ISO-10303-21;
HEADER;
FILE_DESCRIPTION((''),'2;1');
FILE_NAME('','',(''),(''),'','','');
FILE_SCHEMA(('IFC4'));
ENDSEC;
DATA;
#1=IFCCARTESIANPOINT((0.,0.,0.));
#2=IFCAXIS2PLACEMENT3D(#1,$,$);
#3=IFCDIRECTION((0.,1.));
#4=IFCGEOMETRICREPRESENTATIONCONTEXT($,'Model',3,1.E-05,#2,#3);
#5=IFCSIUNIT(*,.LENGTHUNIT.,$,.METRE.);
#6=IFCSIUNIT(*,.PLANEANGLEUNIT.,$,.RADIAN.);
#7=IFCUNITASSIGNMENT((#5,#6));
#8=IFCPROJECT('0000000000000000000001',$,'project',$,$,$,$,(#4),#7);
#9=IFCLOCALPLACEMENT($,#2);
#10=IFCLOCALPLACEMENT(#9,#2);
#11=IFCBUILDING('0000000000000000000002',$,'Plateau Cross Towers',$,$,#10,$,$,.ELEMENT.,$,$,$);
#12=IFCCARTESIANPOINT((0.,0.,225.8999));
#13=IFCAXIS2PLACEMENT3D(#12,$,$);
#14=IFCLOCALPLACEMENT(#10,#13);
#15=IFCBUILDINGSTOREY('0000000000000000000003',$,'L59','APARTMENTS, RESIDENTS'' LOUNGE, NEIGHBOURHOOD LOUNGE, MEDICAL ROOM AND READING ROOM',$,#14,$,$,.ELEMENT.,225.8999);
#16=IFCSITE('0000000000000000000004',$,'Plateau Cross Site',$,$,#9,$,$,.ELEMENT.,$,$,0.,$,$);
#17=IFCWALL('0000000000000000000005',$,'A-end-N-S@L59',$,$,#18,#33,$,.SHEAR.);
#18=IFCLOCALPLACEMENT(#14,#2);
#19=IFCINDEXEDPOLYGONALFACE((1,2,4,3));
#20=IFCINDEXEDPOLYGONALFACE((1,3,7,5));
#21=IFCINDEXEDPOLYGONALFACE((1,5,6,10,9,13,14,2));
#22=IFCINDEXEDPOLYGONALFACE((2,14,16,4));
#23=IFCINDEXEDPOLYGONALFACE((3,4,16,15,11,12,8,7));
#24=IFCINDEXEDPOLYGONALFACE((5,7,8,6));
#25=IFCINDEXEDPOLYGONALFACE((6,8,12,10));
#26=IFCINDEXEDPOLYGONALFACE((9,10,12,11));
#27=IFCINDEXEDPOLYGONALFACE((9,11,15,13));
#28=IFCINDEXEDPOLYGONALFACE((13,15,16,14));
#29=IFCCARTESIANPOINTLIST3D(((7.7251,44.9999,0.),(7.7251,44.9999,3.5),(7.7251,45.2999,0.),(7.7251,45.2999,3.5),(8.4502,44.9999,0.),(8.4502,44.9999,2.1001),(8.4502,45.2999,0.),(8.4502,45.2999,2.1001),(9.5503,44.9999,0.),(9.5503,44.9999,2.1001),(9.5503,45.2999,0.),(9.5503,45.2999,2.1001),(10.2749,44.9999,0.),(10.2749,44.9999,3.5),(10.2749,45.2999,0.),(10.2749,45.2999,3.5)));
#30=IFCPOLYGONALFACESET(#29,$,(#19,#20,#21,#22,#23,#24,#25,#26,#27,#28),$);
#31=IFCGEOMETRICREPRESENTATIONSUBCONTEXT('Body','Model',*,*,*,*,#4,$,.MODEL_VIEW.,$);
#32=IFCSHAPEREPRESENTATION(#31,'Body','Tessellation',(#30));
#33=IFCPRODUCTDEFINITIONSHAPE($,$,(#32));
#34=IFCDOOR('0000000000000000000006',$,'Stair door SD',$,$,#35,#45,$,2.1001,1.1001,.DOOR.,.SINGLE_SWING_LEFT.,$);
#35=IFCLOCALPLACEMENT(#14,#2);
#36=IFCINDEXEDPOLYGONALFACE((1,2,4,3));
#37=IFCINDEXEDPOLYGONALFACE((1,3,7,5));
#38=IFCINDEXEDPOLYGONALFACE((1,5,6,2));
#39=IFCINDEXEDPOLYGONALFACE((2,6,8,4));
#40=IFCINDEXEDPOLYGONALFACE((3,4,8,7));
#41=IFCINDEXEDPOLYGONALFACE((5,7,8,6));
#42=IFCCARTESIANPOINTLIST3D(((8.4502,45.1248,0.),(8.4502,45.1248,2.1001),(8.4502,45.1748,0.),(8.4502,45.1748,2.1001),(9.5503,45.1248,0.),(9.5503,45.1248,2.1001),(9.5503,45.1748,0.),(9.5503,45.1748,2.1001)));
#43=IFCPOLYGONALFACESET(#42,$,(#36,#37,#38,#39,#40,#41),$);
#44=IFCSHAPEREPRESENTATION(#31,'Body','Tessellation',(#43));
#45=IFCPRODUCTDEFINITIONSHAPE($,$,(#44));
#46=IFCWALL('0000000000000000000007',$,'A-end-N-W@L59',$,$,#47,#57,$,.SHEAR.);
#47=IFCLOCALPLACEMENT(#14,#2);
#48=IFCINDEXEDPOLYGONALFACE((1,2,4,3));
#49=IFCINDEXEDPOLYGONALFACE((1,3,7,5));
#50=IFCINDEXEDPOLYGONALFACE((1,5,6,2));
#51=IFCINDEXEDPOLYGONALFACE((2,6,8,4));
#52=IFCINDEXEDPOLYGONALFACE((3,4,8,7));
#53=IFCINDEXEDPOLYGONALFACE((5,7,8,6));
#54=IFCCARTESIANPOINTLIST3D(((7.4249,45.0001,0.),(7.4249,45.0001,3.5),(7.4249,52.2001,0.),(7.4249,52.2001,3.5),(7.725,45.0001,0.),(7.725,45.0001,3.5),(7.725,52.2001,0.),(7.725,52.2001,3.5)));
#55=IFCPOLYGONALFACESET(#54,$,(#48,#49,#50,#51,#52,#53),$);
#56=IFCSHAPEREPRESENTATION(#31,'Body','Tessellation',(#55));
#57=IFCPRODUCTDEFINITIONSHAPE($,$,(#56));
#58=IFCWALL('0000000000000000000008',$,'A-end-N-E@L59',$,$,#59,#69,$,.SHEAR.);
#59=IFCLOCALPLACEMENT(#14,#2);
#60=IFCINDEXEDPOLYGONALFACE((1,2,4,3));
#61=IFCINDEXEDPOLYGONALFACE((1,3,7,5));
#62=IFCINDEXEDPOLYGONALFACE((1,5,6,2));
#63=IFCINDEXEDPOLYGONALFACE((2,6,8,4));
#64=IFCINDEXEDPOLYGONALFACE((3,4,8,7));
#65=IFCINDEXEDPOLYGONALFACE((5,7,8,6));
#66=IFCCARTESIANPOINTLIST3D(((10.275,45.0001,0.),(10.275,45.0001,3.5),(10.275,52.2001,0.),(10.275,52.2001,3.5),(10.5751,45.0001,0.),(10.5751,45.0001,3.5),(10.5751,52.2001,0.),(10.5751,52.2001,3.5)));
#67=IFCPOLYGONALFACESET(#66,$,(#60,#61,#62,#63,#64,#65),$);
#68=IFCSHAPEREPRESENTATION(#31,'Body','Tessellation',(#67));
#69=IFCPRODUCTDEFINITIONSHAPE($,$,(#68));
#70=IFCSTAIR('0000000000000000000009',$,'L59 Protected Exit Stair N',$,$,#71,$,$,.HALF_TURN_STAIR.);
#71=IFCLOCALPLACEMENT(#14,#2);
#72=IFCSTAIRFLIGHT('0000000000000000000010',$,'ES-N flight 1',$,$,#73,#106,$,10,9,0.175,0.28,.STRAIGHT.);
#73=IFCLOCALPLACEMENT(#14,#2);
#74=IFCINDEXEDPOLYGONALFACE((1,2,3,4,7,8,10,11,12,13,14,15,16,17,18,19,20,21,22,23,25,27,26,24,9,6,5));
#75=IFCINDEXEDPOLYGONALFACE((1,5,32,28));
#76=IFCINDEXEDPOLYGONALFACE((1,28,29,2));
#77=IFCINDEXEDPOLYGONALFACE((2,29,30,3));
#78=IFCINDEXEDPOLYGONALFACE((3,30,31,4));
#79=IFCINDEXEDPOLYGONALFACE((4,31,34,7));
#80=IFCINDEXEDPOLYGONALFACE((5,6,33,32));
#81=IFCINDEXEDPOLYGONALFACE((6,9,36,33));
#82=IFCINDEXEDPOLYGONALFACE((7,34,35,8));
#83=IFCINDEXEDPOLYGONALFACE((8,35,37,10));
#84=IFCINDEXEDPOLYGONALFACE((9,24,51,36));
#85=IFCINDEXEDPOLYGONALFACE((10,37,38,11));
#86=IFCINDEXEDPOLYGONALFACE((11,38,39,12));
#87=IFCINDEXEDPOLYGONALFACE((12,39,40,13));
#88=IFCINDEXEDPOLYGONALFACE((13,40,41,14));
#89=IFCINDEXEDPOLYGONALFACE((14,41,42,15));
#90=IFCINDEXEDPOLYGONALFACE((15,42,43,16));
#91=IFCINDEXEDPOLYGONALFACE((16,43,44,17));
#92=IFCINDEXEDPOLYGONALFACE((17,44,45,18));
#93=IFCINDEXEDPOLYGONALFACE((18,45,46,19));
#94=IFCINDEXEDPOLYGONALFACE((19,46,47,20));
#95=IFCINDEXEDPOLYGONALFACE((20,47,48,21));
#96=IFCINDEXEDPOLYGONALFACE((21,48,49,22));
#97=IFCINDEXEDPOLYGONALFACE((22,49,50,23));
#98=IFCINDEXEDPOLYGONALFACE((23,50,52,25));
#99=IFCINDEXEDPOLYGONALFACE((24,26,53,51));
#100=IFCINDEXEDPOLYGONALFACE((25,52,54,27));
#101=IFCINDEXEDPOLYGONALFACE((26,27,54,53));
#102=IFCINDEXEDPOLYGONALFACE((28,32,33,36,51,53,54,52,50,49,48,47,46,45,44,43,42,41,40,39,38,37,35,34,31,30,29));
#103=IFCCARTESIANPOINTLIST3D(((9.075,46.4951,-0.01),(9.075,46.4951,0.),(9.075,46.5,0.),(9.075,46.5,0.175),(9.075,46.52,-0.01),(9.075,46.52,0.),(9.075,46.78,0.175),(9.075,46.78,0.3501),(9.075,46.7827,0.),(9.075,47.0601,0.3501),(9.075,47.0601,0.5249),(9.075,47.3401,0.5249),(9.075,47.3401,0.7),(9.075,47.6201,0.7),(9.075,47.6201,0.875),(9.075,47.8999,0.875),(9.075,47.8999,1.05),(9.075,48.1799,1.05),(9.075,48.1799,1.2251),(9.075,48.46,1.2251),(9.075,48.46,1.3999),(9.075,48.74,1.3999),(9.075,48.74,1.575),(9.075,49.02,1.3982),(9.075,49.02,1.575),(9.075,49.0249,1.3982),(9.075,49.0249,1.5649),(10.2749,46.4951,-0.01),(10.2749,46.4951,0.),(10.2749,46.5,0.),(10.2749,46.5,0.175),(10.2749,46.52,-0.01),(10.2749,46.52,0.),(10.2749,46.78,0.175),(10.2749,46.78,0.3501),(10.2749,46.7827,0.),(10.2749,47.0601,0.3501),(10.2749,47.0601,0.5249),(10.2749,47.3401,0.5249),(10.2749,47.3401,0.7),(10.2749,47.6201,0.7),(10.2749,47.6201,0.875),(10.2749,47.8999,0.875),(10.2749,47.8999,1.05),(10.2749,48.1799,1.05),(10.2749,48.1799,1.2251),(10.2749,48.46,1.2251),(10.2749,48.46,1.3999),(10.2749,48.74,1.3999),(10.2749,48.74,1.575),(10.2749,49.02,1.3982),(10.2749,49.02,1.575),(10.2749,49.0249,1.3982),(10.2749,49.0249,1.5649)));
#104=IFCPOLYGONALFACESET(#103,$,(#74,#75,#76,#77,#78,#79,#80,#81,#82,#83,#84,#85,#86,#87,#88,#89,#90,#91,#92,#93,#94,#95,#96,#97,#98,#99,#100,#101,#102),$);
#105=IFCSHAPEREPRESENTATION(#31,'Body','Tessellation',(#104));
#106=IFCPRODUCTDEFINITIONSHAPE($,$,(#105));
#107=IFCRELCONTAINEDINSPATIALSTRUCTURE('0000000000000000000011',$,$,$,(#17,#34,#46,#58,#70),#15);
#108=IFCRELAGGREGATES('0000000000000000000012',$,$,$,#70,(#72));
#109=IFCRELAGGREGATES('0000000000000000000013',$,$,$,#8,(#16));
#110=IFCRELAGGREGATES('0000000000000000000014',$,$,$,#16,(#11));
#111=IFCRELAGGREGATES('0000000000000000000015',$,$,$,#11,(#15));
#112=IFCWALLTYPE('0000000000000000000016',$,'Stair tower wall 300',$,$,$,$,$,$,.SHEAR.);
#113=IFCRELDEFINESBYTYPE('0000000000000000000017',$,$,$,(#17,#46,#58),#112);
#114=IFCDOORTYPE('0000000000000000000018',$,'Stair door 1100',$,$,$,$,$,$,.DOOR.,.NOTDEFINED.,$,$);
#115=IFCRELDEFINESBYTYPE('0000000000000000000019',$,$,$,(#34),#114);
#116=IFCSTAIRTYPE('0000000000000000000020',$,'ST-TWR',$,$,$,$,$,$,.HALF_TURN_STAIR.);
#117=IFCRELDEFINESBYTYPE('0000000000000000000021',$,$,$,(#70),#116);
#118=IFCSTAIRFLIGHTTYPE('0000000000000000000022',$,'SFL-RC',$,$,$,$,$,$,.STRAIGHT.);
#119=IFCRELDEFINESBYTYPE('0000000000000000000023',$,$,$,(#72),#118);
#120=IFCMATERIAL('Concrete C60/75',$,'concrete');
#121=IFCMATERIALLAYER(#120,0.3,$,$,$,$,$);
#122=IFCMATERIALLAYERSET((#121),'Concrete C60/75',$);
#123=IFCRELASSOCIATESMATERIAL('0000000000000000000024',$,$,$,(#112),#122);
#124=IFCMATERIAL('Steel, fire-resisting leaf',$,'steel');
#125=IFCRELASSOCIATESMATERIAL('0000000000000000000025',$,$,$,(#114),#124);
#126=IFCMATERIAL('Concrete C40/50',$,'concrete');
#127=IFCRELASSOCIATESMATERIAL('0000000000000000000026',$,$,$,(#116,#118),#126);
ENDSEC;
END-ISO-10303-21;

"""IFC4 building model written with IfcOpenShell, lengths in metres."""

from ifc_helpers import new_model, si_unit, direction, frame, frame_2d, origin, place, context, subcontext, project, spatial, polyline, rectangle, outline, extrude, material, layer, layer_set, type_object, element, fill, aggregate, save


model = new_model("IFC4")

# Units and contexts
model_context = context("Model", 3, precision=1e-05, world=origin(), true_north=direction((0.0, 1.0)))
body_context = subcontext(model_context, "Body", "Model", "MODEL_VIEW")
ifc_project = project(units=[si_unit("LENGTHUNIT", "METRE"), si_unit("PLANEANGLEUNIT", "RADIAN")], contexts=[model_context])

# Site, building, storey
site_placement = place(None, origin())
site = spatial("IfcSite", under=ifc_project, at=site_placement, Name="Plateau Cross Site", CompositionType="ELEMENT", RefElevation=0.0)
building_placement = place(site_placement, origin())
building = spatial("IfcBuilding", under=site, at=building_placement, Name="Plateau Cross Towers", CompositionType="ELEMENT")
storey_placement = place(building_placement, frame((0.0, 0.0, 225.8999)))
storey = spatial("IfcBuildingStorey", under=building, at=storey_placement, Name="L59", Description="APARTMENTS, RESIDENTS' LOUNGE, NEIGHBOURHOOD LOUNGE, MEDICAL ROOM AND READING ROOM", CompositionType="ELEMENT", Elevation=225.8999)

# Wall, opening, door
ifc_material_1 = material(Name="Concrete C60/75", Category="concrete")
ifc_layer_1 = layer(ifc_material_1, 0.3)
ifc_layer_set_1 = layer_set([ifc_layer_1], Name="Concrete C60/75")
wall_type_1 = type_object("IfcWallType", Name="Stair tower wall 300", PredefinedType="SHEAR", material=ifc_layer_set_1)
wall_1_placement = place(storey_placement, frame((7.7251, 45.1499, 0.0), z_axis=(0.0, 0.0, 1.0), x_axis=(1.0, 0.0, 0.0)))
wall_1 = element("IfcWall", 1, at=wall_1_placement, inside=storey, type_object=wall_type_1, Name="A-end-N-S@L59", PredefinedType="SHEAR", context=body_context, shape_type="SweptSolid", body=[
    extrude(rectangle(XDim=2.5498, YDim=0.3, at=frame_2d((1.2749, 0.0))), origin(), (0.0, 0.0, 1.0), 3.5),
])
opening_1_placement = place(wall_1_placement, frame((0.7251, 0.0, 0.0)))
opening_1 = element("IfcOpeningElement", 2, at=opening_1_placement, cuts=wall_1, PredefinedType="OPENING", context=body_context, shape_type="SweptSolid", body=[
    extrude(rectangle(XDim=1.1001, YDim=2.1001, at=frame_2d((0.55, 1.05))), frame((0.0, 0.1599, 0.0), z_axis=(0.0, -1.0, 0.0), x_axis=(1.0, 0.0, 0.0)), (0.0, 0.0, 1.0), 0.3201),
])
ifc_material_2 = material(Name="Steel, fire-resisting leaf", Category="steel")
door_type_1 = type_object("IfcDoorType", Name="Stair door 1100", OperationType="NOTDEFINED", PredefinedType="DOOR", material=ifc_material_2)
door_1_placement = place(opening_1_placement, origin())
door_1 = element("IfcDoor", 3, at=door_1_placement, inside=storey, type_object=door_type_1, Name="Stair door SD", OperationType="SINGLE_SWING_LEFT", OverallHeight=2.1001, OverallWidth=1.1001, PredefinedType="DOOR", context=body_context, shape_type="SweptSolid", body=[
    extrude(rectangle(XDim=1.1001, YDim=2.1001, at=frame_2d((0.55, 1.05))), frame((0.0, 0.0249, 0.0), z_axis=(0.0, -1.0, 0.0), x_axis=(1.0, 0.0, 0.0)), (0.0, 0.0, 1.0), 0.05),
])
fill(opening_1, door_1)

# Walls
for number, where, z_axis, x_axis, name in (
    (4, (7.575, 45.0, 0.0), (0.0, 0.0, 1.0), (0.0, 1.0, 0.0), "A-end-N-W@L59"),
    (5, (10.425, 45.0, 0.0), (0.0, 0.0, 1.0), (0.0, 1.0, 0.0), "A-end-N-E@L59"),
):
    element("IfcWall", number, at=place(storey_placement, frame(where, z_axis=z_axis, x_axis=x_axis)), inside=storey, type_object=wall_type_1, Name=name, PredefinedType="SHEAR", context=body_context, shape_type="SweptSolid", body=[
        extrude(rectangle(XDim=7.2, YDim=0.3, at=frame_2d((3.6001, 0.0))), origin(), (0.0, 0.0, 1.0), 3.5),
    ])

# Stair, stair flight
ifc_material_3 = material(Name="Concrete C40/50", Category="concrete")
stair_type = type_object("IfcStairType", Name="ST-TWR", PredefinedType="HALF_TURN_STAIR", material=ifc_material_3)
stair_placement = place(storey_placement, origin())
stair = element("IfcStair", 6, at=stair_placement, inside=storey, type_object=stair_type, Name="L59 Protected Exit Stair N", PredefinedType="HALF_TURN_STAIR")
stair_flight_type = type_object("IfcStairFlightType", Name="SFL-RC", PredefinedType="STRAIGHT", material=ifc_material_3)
stair_flight_placement = place(storey_placement, frame((9.675, 46.5, 0.0), z_axis=(0.0, 0.0, 1.0), x_axis=(0.0, 1.0, 0.0)))
stair_flight = element("IfcStairFlight", 7, at=stair_flight_placement, type_object=stair_flight_type, Name="ES-N flight 1", NumberOfRisers=10, NumberOfTreads=9, PredefinedType="STRAIGHT", RiserHeight=0.175, TreadLength=0.28, context=body_context, shape_type="SweptSolid", body=[
    extrude(outline(polyline([(-0.0049, -0.01), (-0.0049, 0.0), (0.0, 0.0), (0.0, 0.175), (0.28, 0.175), (0.28, 0.3501), (0.5601, 0.3501), (0.5601, 0.5249), (0.8401, 0.5249), (0.8401, 0.7), (1.1201, 0.7), (1.1201, 0.875), (1.3999, 0.875), (1.3999, 1.05), (1.6799, 1.05), (1.6799, 1.2251), (1.96, 1.2251), (1.96, 1.3999), (2.24, 1.3999), (2.24, 1.575), (2.52, 1.575), (2.5249, 1.5649), (2.5249, 1.3982), (2.52, 1.3982), (0.2827, 0.0), (0.02, 0.0), (0.02, -0.01), (-0.0049, -0.01)])), frame((0.0, 0.6001, 0.0), z_axis=(0.0, -1.0, 0.0), x_axis=(1.0, 0.0, 0.0)), (0.0, 0.0, 1.0), 1.2),
])
aggregate(stair, [stair_flight])

save(model, "model.ifc")
